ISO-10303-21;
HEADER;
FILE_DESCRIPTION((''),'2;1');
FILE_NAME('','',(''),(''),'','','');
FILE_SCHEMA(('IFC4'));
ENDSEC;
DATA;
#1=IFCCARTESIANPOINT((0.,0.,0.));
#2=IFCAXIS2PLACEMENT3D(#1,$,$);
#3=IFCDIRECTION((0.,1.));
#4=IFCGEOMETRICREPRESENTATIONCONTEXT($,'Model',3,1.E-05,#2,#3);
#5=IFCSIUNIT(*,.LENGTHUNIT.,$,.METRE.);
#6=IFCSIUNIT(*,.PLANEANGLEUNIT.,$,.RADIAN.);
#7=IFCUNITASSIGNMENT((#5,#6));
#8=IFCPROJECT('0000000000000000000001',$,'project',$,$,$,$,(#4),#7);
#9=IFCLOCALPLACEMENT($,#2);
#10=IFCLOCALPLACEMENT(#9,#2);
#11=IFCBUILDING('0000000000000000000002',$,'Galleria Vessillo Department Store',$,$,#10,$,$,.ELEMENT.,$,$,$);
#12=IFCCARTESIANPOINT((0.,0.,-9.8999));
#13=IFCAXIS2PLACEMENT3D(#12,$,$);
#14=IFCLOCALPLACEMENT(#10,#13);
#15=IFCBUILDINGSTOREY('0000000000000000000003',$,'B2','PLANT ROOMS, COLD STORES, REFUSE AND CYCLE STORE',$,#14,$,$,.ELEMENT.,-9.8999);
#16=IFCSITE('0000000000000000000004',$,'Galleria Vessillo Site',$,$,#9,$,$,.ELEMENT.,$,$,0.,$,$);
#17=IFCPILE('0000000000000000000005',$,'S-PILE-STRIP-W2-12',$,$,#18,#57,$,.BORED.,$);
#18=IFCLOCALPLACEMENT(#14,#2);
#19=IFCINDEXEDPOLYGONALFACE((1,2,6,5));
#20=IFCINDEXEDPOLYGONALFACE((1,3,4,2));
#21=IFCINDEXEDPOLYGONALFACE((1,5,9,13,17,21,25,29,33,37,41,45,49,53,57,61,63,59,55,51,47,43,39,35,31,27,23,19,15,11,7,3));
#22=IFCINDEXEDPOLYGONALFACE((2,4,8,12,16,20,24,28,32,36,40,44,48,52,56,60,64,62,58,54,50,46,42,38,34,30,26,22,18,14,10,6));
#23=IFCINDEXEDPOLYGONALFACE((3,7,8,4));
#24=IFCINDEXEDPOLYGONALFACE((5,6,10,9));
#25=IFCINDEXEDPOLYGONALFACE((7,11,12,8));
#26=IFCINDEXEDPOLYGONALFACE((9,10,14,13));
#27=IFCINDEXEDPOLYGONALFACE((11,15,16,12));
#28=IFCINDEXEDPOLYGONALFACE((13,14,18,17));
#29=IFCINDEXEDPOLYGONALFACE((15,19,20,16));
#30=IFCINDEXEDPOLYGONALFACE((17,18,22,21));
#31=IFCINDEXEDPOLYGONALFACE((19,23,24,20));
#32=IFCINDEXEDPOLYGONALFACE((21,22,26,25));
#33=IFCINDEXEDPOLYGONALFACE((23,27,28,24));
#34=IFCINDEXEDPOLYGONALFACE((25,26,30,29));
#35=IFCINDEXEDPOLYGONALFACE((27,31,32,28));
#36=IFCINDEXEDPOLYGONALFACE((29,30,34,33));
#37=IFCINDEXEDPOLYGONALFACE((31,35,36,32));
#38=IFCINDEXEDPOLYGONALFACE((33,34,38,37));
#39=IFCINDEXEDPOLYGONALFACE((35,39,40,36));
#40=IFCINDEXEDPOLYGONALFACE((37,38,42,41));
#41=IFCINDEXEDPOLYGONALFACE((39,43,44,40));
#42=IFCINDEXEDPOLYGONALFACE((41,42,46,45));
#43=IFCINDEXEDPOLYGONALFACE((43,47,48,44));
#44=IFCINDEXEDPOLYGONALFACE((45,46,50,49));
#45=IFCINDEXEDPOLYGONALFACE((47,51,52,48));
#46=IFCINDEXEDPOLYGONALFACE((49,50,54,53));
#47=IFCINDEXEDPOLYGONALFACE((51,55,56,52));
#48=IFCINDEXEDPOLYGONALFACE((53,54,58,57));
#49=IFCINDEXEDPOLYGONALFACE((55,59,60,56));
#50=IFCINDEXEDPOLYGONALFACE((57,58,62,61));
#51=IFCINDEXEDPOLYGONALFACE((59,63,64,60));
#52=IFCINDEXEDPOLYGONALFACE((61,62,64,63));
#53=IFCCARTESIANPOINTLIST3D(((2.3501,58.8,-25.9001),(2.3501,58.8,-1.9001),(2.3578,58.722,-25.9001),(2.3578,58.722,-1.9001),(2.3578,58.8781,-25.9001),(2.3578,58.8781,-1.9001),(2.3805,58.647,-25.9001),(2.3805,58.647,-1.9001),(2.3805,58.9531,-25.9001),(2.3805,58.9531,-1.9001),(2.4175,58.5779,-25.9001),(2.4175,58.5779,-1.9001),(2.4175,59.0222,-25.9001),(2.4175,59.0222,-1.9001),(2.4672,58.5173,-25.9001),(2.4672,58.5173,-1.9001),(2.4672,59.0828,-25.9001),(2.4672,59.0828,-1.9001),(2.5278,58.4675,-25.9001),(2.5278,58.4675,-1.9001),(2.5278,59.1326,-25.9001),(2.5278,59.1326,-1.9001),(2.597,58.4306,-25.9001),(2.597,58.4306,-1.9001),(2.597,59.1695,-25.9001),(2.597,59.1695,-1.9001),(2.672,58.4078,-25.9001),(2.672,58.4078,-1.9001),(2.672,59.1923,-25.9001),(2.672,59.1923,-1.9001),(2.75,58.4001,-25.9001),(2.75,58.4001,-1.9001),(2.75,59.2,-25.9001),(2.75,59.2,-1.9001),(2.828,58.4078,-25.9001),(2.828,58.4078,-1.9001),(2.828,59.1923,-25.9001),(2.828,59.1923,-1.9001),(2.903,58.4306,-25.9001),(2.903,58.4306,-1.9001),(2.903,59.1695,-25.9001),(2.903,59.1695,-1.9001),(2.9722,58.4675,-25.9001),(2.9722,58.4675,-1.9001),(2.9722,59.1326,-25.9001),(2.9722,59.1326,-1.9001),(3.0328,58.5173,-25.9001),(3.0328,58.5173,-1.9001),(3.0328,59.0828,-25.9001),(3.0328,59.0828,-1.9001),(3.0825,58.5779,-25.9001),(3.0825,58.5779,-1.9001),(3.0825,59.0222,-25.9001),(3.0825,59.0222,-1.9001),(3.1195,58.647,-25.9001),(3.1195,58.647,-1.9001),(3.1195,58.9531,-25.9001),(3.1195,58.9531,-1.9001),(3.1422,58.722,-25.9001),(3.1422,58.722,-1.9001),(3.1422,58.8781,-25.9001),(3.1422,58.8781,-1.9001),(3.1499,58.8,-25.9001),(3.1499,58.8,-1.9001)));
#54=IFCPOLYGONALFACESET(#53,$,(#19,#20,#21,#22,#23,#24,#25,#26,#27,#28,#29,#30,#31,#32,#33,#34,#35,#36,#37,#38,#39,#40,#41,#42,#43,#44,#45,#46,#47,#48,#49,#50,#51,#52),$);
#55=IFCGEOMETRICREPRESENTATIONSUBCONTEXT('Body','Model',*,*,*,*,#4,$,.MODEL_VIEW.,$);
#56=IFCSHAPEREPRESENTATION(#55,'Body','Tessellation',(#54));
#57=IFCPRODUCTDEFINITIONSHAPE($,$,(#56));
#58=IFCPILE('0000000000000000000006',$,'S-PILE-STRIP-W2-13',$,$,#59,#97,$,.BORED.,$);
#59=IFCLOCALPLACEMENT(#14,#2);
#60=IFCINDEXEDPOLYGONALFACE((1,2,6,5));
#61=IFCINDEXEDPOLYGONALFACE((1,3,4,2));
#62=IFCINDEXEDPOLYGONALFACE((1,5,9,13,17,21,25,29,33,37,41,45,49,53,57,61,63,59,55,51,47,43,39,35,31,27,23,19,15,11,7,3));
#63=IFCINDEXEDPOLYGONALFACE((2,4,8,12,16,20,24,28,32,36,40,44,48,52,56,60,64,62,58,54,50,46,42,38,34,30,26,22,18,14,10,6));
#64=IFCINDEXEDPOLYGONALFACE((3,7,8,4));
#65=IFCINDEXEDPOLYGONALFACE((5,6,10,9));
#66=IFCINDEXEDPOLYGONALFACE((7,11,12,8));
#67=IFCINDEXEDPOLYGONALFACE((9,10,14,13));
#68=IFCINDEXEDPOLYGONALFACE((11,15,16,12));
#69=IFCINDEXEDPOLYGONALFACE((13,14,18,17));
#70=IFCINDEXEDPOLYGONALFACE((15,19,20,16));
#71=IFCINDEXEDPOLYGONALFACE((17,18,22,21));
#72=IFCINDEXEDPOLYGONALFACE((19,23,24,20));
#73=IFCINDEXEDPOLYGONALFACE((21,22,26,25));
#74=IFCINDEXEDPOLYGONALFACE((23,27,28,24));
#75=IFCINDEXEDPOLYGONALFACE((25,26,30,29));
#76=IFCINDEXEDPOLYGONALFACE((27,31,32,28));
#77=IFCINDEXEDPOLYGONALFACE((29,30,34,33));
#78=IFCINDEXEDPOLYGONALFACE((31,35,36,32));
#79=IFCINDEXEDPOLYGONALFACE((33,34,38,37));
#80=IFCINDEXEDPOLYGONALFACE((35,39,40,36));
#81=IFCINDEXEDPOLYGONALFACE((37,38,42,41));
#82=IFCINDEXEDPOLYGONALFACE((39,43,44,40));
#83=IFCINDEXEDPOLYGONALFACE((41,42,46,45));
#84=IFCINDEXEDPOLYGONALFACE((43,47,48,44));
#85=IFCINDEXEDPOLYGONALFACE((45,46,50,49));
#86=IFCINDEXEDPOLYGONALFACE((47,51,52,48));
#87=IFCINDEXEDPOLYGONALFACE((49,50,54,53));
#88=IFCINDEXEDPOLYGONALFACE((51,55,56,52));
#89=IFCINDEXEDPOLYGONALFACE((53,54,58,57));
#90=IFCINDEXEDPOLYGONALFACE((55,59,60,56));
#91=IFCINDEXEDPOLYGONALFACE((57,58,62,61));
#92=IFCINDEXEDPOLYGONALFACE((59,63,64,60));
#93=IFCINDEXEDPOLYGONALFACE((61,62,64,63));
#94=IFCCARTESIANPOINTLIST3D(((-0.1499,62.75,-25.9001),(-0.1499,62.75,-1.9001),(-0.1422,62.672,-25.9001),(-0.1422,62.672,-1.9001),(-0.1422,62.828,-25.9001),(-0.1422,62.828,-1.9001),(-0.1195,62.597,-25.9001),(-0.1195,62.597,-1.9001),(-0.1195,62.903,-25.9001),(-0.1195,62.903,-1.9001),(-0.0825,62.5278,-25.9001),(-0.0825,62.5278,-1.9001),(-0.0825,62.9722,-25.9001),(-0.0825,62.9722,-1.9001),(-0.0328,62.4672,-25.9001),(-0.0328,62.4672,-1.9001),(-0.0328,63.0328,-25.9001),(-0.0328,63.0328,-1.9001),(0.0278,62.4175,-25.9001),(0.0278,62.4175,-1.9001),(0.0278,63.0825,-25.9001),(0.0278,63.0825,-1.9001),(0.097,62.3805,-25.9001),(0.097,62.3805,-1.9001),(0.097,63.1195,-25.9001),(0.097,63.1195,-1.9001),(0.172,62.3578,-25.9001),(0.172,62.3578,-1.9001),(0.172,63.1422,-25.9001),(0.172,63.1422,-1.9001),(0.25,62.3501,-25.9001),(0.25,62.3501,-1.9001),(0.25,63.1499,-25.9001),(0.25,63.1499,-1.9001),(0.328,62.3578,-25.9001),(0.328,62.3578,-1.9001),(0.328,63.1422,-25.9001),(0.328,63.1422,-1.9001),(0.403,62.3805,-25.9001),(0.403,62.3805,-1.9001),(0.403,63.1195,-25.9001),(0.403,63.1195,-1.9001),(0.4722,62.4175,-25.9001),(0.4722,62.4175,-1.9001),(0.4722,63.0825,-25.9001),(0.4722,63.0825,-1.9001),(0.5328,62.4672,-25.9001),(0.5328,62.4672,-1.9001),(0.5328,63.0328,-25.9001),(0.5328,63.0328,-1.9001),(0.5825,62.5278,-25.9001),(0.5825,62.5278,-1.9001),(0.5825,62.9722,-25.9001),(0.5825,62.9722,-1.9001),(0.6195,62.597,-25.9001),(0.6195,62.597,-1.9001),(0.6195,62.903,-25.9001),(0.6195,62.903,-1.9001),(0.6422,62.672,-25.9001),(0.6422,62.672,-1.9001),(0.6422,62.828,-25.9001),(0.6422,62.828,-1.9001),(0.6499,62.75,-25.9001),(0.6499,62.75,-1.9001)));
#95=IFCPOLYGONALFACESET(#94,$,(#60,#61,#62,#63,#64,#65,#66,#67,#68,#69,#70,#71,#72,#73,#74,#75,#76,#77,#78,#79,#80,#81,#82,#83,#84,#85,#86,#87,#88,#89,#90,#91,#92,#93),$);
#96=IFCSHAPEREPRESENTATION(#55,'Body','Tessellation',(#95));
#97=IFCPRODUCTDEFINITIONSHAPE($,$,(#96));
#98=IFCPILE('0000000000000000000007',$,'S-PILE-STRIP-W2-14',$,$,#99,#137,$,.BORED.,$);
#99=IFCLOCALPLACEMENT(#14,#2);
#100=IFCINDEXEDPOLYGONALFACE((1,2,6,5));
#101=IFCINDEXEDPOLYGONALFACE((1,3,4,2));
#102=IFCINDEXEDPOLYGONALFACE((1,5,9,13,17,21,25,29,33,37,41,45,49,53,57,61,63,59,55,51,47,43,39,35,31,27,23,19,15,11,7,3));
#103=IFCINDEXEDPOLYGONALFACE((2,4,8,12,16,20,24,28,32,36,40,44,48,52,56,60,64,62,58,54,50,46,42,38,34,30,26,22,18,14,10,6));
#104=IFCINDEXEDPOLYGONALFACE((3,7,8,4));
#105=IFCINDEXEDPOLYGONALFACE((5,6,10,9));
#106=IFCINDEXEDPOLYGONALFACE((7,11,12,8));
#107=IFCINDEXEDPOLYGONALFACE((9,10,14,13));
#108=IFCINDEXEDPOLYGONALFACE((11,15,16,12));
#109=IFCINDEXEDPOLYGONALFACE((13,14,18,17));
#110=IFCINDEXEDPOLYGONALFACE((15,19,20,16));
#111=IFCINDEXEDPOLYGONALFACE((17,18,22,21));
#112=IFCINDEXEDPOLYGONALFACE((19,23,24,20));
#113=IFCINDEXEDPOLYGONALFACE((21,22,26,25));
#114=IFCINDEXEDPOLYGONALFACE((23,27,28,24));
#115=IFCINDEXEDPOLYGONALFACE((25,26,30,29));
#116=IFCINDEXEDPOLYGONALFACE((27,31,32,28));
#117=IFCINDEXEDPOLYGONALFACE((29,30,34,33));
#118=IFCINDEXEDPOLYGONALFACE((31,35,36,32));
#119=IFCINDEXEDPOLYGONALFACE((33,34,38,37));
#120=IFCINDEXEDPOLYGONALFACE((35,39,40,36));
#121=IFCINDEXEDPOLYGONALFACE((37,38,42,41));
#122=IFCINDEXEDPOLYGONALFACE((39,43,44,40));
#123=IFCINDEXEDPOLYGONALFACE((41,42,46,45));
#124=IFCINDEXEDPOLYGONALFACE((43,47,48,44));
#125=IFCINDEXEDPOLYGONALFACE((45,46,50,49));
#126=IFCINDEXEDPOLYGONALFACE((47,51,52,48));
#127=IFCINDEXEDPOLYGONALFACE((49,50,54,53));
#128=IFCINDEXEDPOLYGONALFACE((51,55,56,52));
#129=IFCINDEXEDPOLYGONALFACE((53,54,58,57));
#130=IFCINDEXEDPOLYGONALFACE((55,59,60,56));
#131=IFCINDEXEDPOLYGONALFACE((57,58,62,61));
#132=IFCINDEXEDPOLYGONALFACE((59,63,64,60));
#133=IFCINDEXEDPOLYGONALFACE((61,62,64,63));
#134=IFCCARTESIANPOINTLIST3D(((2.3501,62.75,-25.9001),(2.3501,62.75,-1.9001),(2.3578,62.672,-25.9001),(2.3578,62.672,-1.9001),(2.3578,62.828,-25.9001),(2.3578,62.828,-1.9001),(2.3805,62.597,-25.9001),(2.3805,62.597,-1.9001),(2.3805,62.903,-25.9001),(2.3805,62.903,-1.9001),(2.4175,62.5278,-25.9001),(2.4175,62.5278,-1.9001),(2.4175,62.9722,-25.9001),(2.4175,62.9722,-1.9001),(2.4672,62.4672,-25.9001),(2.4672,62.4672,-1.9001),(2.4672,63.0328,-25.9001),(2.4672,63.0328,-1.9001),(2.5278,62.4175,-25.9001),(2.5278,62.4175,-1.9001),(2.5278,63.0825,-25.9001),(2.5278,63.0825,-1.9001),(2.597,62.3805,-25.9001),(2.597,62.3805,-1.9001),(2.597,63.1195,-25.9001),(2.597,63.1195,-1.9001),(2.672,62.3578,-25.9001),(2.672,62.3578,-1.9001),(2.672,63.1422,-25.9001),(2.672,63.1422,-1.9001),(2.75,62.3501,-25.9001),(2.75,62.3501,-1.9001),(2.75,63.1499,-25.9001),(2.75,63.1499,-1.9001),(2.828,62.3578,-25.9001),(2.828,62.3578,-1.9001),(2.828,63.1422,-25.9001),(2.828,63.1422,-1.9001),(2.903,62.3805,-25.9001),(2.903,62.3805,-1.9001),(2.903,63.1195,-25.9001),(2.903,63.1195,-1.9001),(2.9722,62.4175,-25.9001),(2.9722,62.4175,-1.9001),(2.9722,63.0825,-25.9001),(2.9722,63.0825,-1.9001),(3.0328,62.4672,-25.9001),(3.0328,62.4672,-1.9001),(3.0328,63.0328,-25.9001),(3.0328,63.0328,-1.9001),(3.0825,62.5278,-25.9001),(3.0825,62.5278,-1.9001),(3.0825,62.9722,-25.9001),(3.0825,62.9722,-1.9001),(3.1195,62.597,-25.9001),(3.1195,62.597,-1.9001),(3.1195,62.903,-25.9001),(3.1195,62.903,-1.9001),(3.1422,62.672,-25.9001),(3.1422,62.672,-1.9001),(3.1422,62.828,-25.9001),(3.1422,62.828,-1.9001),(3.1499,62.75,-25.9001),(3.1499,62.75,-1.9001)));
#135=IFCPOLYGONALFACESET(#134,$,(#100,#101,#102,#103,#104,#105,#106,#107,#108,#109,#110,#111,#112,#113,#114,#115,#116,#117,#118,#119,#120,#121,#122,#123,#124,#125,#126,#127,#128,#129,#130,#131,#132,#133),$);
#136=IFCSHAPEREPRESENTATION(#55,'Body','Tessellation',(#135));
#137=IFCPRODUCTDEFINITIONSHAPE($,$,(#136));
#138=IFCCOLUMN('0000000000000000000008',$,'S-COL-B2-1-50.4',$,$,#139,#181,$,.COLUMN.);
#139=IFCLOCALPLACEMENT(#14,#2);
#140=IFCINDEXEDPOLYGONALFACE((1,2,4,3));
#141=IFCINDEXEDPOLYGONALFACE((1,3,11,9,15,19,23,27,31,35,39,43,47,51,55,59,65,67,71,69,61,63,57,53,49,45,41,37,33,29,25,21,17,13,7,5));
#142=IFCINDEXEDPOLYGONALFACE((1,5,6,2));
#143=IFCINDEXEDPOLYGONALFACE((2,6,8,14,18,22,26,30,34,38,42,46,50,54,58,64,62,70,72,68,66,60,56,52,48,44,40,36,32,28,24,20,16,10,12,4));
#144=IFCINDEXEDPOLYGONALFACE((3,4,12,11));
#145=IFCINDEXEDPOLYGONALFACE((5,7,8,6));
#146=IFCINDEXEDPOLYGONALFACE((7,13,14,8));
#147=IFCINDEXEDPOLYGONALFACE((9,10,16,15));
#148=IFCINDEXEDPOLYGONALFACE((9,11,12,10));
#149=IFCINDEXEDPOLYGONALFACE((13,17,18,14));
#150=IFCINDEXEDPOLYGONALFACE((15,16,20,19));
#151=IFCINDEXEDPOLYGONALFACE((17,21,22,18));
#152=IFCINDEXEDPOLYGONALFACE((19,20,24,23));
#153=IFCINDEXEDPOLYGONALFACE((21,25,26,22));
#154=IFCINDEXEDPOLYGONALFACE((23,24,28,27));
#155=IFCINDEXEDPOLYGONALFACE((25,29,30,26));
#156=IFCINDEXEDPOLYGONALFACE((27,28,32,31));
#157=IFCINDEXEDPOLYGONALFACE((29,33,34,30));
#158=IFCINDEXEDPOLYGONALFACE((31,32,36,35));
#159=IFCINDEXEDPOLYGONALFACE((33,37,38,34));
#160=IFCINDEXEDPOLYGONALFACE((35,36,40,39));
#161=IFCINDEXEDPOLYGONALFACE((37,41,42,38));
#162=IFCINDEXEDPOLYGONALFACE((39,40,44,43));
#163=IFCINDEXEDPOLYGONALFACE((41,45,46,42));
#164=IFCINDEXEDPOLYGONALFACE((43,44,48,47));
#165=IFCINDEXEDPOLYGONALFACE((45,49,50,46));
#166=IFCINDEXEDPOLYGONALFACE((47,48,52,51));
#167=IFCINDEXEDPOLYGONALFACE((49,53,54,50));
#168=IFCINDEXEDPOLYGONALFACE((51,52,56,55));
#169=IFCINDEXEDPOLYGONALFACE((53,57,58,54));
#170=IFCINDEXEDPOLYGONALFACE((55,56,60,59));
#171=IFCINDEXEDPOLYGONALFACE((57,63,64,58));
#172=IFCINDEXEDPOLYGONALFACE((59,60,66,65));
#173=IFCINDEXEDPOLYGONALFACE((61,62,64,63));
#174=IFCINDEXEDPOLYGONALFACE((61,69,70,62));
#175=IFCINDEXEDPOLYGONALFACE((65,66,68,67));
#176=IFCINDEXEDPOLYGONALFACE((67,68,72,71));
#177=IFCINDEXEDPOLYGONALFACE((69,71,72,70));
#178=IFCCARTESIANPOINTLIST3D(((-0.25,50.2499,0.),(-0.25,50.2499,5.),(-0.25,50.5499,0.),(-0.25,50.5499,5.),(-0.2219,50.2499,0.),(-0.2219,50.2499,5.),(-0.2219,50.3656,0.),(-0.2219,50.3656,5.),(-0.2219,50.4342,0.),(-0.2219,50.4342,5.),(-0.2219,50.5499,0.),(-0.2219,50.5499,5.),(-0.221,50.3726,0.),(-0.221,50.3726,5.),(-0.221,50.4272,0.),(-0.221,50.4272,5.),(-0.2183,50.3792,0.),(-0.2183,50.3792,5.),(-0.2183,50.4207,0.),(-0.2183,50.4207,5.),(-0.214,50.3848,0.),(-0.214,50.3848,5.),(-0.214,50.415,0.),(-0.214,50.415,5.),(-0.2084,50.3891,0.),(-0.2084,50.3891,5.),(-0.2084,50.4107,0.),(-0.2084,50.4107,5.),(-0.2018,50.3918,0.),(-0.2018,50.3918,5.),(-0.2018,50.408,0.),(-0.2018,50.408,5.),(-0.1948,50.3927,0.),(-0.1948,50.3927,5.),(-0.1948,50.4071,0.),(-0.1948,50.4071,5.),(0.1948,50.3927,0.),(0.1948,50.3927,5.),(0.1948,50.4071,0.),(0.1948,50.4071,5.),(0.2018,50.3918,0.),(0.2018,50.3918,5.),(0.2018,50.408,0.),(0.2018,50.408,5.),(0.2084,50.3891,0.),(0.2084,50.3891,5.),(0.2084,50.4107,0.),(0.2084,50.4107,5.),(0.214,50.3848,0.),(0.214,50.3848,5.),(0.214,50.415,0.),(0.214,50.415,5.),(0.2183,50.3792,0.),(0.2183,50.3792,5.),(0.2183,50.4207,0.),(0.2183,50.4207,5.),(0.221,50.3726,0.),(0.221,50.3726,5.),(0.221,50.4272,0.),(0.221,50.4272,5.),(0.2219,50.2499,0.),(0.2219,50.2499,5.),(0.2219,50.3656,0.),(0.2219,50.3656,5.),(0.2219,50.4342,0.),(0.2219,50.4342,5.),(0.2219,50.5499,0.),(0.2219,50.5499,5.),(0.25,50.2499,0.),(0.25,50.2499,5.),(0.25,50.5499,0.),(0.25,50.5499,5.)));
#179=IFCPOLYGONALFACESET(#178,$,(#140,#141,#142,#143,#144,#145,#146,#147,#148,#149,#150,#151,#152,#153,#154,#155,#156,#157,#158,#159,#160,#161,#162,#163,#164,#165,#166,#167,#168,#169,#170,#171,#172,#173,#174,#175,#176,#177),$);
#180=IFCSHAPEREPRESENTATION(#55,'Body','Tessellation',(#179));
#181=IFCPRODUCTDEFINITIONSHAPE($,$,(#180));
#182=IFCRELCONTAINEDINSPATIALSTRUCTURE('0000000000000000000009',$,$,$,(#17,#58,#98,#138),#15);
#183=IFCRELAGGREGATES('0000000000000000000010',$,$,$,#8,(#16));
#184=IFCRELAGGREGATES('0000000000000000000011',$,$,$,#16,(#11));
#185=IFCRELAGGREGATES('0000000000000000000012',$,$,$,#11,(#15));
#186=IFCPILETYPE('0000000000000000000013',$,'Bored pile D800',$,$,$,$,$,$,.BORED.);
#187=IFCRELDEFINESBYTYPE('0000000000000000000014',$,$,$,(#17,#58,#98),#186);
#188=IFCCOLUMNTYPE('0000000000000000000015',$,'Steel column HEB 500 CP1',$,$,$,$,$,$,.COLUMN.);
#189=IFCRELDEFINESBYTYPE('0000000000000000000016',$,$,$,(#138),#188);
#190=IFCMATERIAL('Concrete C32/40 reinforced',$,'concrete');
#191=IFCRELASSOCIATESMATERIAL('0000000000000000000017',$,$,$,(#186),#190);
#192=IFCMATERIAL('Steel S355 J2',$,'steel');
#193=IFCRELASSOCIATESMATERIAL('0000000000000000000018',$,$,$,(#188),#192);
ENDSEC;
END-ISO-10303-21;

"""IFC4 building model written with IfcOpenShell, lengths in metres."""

from ifc_helpers import new_model, si_unit, direction, frame, origin, origin_2d, place, context, subcontext, project, spatial, circle, i_section, extrude, material, material_profile, profile_set, type_object, element, save


model = new_model("IFC4")

# Units and contexts
model_context = context("Model", 3, precision=1e-05, world=origin(), true_north=direction((0.0, 1.0)))
body_context = subcontext(model_context, "Body", "Model", "MODEL_VIEW")
ifc_project = project(units=[si_unit("LENGTHUNIT", "METRE"), si_unit("PLANEANGLEUNIT", "RADIAN")], contexts=[model_context])

# Site, building, storey
site_placement = place(None, origin())
site = spatial("IfcSite", under=ifc_project, at=site_placement, Name="Galleria Vessillo Site", CompositionType="ELEMENT", RefElevation=0.0)
building_placement = place(site_placement, origin())
building = spatial("IfcBuilding", under=site, at=building_placement, Name="Galleria Vessillo Department Store", CompositionType="ELEMENT")
storey_placement = place(building_placement, frame((0.0, 0.0, -9.8999)))
storey = spatial("IfcBuildingStorey", under=building, at=storey_placement, Name="B2", Description="PLANT ROOMS, COLD STORES, REFUSE AND CYCLE STORE", CompositionType="ELEMENT", Elevation=-9.8999)

# Piles
ifc_material_1 = material(Name="Concrete C32/40 reinforced", Category="concrete")
ifc_material_profile_1 = material_profile(ifc_material_1, circle(Radius=0.3999, at=origin_2d()), Name="Bored pile D800")
ifc_profile_set_1 = profile_set([ifc_material_profile_1], Name="Concrete C32/40 reinforced")
pile_type = type_object("IfcPileType", Name="Bored pile D800", PredefinedType="BORED", material=ifc_profile_set_1)
for number, where, z_axis, x_axis, name in (
    (1, (2.75, 58.8, -1.9001), (0.0, 0.0, -1.0), (1.0, 0.0, 0.0), "S-PILE-STRIP-W2-12"),
    (2, (0.25, 62.75, -1.9001), (0.0, 0.0, -1.0), (1.0, 0.0, 0.0), "S-PILE-STRIP-W2-13"),
    (3, (2.75, 62.75, -1.9001), (0.0, 0.0, -1.0), (1.0, 0.0, 0.0), "S-PILE-STRIP-W2-14"),
):
    element("IfcPile", number, at=place(storey_placement, frame(where, z_axis=z_axis, x_axis=x_axis)), inside=storey, type_object=pile_type, Name=name, PredefinedType="BORED", context=body_context, shape_type="SweptSolid", body=[
        extrude(circle(Radius=0.3999, at=origin_2d()), origin(), (0.0, 0.0, 1.0), 24.0),
    ])

# Column
ifc_material_2 = material(Name="Steel S355 J2", Category="steel")
ifc_material_profile_2 = material_profile(ifc_material_2, i_section(OverallWidth=0.3, OverallDepth=0.5, WebThickness=0.0144, FlangeThickness=0.0281, FilletRadius=0.0271, at=origin_2d()), Name="HEB 500")
ifc_profile_set_2 = profile_set([ifc_material_profile_2], Name="Steel S355 J2")
column_type = type_object("IfcColumnType", Name="Steel column HEB 500 CP1", PredefinedType="COLUMN", material=ifc_profile_set_2)
for number, where, z_axis, x_axis, name in (
    (4, (0.0, 50.3999, 0.0), (0.0, 0.0, 1.0), (0.0, 1.0, 0.0), "S-COL-B2-1-50.4"),
):
    element("IfcColumn", number, at=place(storey_placement, frame(where, z_axis=z_axis, x_axis=x_axis)), inside=storey, type_object=column_type, Name=name, PredefinedType="COLUMN", context=body_context, shape_type="SweptSolid", body=[
        extrude(i_section(OverallWidth=0.3, OverallDepth=0.5, WebThickness=0.0144, FlangeThickness=0.0281, FilletRadius=0.0271, at=origin_2d()), origin(), (0.0, 0.0, 1.0), 5.0),
    ])

save(model, "model.ifc")
